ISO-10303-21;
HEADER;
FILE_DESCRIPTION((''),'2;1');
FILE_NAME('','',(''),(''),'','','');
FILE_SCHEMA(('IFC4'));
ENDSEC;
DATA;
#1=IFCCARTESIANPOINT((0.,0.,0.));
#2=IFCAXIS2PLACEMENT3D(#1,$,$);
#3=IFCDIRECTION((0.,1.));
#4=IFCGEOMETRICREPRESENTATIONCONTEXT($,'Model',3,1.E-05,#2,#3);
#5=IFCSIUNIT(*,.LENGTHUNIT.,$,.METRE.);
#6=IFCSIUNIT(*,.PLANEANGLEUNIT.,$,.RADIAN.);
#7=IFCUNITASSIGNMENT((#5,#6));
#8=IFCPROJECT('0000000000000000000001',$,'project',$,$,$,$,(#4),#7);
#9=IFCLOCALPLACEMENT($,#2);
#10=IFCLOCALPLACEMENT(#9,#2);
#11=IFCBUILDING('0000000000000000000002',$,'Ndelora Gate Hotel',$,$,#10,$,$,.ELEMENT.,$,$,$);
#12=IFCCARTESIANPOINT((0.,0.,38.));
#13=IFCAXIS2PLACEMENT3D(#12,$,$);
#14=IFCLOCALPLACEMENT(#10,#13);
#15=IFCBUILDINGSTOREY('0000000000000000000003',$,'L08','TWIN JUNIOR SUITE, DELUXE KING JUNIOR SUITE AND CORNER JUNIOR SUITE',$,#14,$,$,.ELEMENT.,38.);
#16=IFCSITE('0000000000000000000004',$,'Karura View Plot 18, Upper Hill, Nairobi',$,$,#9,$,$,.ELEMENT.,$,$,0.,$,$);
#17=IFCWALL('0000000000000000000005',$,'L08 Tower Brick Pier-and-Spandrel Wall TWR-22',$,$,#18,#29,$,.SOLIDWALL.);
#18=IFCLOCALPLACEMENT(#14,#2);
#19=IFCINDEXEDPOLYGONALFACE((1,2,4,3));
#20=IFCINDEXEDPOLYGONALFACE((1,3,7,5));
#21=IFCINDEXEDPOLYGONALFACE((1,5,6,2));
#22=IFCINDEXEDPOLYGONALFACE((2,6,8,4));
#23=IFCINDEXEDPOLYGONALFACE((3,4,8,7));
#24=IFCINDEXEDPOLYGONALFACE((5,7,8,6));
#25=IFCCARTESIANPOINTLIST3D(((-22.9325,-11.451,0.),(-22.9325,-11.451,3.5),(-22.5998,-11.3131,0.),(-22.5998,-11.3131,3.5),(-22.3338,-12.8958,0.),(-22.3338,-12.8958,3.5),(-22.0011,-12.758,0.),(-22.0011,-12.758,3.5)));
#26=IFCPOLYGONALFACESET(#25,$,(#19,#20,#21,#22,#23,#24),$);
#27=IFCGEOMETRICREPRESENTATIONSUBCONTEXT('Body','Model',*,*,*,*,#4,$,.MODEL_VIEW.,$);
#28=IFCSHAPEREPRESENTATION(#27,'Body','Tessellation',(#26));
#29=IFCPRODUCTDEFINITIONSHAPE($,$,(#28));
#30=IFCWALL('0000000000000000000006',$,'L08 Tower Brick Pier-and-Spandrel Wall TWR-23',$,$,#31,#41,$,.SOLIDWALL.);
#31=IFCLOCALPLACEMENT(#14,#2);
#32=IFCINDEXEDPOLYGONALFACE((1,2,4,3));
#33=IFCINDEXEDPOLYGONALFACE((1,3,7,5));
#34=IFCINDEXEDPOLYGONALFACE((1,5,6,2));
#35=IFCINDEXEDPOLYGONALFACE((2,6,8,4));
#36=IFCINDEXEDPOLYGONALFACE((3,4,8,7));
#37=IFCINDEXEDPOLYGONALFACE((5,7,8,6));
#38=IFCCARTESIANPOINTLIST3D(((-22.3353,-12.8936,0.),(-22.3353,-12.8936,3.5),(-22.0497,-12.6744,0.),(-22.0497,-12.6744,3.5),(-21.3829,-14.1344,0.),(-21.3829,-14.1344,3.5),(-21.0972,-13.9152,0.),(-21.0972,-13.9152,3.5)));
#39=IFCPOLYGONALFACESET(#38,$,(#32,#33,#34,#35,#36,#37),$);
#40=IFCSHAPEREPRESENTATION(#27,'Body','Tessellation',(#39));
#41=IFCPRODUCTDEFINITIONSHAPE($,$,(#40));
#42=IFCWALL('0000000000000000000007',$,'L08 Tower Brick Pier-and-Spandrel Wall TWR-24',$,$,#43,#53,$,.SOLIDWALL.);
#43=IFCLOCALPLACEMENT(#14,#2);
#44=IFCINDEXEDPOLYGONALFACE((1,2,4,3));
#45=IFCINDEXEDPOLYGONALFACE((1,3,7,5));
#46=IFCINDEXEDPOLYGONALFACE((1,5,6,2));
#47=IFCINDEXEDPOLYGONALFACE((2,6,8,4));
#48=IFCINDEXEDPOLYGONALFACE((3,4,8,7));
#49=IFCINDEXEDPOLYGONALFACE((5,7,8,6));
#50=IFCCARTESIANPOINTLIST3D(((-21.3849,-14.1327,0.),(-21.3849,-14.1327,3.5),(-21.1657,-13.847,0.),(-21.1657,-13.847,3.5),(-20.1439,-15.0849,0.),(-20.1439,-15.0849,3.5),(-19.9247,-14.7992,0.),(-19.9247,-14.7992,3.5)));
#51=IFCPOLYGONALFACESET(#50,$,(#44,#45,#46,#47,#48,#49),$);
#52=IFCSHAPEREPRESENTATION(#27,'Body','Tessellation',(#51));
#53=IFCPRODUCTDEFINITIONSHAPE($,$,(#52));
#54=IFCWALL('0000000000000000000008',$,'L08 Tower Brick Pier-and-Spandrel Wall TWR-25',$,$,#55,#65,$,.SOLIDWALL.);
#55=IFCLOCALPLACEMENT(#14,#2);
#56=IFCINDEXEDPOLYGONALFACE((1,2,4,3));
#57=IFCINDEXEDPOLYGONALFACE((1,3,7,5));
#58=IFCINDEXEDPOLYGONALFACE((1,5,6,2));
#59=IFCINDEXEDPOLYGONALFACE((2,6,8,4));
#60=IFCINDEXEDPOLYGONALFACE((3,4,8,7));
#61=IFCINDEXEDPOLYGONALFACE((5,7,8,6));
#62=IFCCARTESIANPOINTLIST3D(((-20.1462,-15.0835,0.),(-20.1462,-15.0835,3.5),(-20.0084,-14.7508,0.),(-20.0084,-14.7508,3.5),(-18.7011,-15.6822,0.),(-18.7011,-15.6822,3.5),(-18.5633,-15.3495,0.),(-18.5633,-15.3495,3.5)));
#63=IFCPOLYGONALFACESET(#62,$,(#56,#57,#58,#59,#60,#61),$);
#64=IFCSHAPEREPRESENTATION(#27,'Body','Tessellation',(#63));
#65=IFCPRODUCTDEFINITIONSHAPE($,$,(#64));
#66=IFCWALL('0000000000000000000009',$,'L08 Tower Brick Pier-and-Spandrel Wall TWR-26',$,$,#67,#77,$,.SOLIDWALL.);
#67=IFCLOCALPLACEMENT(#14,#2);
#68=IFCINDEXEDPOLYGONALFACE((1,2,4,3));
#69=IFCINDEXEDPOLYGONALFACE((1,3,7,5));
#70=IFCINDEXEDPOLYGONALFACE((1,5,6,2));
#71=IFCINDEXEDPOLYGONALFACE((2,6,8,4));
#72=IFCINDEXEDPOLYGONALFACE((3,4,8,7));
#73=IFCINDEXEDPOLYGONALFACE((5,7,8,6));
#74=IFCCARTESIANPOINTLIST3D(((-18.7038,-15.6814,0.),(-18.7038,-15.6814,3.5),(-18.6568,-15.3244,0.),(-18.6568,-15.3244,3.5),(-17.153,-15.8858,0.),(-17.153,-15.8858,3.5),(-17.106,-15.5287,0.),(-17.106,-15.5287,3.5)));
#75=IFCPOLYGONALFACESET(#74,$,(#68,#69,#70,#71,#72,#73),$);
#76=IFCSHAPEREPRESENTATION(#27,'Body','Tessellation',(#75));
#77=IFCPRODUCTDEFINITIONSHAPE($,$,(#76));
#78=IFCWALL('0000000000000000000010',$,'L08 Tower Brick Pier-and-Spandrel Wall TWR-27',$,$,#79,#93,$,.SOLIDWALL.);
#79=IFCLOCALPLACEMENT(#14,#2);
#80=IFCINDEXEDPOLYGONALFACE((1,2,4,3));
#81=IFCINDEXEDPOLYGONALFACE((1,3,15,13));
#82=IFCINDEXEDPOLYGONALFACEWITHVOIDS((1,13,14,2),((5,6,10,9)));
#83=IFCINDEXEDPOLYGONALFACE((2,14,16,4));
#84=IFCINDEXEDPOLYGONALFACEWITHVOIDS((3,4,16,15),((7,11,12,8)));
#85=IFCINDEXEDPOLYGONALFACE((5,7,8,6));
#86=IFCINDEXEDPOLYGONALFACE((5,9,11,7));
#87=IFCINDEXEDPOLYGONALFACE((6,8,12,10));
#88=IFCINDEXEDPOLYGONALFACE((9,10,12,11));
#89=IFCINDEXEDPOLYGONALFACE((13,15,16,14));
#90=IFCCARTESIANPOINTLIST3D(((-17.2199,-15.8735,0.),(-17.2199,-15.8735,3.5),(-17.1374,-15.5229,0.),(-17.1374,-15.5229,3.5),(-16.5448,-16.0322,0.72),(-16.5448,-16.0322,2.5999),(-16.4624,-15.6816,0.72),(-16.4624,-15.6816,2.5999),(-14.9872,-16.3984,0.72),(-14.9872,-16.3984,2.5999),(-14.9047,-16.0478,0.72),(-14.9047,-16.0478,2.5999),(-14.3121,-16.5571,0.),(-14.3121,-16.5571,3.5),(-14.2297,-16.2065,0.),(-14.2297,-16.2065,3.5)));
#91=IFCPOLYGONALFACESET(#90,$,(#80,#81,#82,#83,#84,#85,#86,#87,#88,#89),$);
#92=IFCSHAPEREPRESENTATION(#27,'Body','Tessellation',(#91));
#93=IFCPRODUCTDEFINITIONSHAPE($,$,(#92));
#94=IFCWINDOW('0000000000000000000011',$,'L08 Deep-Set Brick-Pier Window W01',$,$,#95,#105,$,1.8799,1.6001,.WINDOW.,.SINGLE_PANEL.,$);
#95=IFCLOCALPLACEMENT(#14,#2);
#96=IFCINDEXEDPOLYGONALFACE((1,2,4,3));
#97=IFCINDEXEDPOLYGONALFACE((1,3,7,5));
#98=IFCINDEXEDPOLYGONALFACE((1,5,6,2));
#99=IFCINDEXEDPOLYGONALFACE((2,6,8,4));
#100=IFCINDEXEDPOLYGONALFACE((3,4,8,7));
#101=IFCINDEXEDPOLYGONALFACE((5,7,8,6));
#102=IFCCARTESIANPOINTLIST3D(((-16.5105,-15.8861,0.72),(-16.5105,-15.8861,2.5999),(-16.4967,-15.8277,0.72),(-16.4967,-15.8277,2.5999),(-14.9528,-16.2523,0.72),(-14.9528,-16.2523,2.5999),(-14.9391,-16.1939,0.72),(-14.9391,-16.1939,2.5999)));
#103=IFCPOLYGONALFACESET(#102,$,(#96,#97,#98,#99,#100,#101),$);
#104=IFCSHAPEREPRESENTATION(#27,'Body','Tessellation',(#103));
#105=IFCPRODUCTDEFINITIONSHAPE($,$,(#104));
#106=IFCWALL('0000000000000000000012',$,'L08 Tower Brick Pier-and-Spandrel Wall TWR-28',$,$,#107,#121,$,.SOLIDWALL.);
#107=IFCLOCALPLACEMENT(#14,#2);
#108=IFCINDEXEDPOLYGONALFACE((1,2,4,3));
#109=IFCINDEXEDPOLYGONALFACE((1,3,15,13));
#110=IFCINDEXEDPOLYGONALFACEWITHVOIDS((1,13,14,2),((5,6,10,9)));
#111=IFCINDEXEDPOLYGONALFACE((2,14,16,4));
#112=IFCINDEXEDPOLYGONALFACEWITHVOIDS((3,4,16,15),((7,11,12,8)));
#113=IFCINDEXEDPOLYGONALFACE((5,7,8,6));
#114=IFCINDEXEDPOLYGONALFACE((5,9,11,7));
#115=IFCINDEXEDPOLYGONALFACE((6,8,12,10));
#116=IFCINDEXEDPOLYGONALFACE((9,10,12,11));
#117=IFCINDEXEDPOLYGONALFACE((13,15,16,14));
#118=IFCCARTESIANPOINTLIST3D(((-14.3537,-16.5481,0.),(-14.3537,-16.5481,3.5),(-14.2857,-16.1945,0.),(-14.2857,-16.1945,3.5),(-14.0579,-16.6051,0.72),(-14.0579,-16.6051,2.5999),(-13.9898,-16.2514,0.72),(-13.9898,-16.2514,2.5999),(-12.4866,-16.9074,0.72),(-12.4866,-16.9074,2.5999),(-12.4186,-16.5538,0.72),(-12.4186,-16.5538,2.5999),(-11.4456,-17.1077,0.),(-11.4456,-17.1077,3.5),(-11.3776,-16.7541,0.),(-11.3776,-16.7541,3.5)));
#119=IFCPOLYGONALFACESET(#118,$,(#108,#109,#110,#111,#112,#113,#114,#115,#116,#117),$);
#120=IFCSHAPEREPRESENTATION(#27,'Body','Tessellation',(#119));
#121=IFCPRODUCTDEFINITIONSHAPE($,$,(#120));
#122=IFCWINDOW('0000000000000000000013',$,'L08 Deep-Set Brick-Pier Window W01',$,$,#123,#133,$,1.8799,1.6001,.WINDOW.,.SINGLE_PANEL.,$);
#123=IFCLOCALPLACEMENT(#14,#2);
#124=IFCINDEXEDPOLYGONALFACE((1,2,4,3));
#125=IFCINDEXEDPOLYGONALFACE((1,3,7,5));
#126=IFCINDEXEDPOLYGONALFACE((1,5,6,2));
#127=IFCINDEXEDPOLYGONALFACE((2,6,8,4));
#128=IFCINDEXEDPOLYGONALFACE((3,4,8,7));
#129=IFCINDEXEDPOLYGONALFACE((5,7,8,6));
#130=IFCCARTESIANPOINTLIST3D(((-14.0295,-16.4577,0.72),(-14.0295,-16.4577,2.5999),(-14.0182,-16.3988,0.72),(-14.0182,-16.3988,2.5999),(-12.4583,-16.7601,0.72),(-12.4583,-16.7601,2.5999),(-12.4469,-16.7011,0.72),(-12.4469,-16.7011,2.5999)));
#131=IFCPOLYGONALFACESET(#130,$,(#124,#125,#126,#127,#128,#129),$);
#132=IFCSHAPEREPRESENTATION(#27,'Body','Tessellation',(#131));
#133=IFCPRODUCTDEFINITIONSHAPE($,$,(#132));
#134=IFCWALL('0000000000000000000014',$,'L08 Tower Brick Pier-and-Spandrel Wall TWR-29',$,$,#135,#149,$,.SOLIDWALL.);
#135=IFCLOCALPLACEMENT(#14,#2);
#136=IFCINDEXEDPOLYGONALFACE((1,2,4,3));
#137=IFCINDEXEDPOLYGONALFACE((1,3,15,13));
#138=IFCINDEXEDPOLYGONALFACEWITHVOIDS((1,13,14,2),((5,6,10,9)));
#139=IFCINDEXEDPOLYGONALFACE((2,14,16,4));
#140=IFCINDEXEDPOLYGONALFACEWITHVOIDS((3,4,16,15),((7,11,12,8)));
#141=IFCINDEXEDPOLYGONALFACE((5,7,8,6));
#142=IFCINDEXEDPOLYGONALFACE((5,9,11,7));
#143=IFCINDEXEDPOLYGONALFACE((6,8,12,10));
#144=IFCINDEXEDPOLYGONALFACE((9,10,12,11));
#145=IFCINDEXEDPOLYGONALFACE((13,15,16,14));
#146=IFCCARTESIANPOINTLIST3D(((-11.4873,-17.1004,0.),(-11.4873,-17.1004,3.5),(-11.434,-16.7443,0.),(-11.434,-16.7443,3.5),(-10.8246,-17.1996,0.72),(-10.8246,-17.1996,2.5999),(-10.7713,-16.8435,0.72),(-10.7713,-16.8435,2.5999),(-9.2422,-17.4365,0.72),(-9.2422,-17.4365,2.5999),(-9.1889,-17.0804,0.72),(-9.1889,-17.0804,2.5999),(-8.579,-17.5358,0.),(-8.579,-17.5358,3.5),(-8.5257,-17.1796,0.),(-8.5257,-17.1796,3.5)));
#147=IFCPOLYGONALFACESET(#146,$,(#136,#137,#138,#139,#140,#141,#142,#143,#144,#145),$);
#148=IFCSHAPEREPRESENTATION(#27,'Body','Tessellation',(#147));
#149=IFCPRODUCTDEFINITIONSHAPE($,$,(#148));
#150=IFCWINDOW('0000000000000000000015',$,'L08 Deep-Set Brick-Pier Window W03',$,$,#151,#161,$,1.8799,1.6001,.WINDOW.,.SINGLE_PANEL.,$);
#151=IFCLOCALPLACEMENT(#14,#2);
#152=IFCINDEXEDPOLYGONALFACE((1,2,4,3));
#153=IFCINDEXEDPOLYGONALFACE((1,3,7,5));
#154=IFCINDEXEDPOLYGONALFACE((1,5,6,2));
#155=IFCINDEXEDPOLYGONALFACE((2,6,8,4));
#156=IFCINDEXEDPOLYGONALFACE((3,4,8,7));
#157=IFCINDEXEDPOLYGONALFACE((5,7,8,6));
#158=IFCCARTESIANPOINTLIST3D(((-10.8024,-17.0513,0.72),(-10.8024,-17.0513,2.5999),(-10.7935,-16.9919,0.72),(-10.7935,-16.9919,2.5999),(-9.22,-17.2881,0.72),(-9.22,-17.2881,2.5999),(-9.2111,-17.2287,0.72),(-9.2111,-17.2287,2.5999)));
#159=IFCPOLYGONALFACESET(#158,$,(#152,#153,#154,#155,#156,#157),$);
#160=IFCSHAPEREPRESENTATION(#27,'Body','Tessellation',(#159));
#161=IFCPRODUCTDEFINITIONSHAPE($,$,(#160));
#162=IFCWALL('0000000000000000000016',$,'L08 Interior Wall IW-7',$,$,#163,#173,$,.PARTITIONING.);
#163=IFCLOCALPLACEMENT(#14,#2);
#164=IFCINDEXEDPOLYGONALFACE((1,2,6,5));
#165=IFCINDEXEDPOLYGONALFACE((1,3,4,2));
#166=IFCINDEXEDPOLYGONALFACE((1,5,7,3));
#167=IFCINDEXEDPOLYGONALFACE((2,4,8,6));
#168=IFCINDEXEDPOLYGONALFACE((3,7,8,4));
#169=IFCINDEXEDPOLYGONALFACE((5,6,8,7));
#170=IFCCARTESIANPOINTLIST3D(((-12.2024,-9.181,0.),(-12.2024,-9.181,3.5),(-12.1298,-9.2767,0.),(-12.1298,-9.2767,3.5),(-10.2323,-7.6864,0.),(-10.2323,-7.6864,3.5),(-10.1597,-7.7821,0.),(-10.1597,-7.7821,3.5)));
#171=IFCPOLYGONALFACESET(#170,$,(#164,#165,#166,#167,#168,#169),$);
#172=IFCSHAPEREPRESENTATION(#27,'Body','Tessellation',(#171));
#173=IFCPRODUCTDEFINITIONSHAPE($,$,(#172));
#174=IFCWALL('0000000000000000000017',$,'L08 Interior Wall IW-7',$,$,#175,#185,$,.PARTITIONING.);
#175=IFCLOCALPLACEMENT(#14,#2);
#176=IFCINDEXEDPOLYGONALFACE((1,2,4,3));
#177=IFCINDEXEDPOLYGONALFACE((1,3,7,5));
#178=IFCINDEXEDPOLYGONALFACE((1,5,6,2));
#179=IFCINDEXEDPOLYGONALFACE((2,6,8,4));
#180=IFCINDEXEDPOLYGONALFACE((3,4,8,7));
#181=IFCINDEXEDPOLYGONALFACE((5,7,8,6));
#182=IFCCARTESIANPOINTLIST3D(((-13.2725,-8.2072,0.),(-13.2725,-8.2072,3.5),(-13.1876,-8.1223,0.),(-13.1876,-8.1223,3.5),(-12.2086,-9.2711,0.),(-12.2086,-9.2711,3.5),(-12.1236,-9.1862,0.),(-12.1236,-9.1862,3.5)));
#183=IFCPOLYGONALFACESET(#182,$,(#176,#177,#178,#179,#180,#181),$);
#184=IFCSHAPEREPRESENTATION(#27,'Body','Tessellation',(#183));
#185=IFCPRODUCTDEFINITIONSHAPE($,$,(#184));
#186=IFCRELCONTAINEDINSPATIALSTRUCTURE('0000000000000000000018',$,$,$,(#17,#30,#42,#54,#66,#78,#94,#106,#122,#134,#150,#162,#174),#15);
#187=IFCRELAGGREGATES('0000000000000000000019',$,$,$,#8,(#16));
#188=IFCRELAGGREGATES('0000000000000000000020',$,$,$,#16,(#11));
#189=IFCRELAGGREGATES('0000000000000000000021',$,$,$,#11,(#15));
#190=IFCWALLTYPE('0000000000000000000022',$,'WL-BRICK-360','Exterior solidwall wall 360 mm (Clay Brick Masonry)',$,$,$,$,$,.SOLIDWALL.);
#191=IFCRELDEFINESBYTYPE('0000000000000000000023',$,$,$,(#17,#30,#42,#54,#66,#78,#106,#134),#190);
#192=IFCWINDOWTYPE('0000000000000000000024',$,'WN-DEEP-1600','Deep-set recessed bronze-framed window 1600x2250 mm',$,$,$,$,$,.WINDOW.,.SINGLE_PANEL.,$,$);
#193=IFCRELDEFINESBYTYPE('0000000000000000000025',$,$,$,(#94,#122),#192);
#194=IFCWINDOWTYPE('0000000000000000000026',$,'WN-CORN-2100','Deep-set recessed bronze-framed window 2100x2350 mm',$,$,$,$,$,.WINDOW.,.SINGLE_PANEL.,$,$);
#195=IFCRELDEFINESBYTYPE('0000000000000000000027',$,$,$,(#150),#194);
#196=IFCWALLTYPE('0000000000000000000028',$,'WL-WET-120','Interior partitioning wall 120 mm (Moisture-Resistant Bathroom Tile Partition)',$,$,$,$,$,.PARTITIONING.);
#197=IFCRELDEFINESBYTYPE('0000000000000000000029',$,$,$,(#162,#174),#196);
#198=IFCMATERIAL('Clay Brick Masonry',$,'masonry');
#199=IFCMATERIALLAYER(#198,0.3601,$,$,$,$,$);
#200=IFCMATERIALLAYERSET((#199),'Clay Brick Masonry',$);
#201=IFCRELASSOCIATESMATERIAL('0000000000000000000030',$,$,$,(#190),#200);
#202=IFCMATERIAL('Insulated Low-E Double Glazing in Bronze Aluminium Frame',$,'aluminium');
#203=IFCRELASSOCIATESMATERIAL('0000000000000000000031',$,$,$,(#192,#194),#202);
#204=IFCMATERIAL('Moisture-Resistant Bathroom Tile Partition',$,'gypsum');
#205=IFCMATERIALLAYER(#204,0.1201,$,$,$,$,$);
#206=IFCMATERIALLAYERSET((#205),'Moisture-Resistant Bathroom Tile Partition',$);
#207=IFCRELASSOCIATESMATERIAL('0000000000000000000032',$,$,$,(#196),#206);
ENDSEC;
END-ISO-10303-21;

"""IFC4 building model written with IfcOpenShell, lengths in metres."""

from ifc_helpers import new_model, si_unit, direction, frame, frame_2d, origin, place, context, subcontext, project, spatial, rectangle, extrude, material, layer, layer_set, type_object, element, fill, save


model = new_model("IFC4")

# Units and contexts
model_context = context("Model", 3, precision=1e-05, world=origin(), true_north=direction((0.0, 1.0)))
body_context = subcontext(model_context, "Body", "Model", "MODEL_VIEW")
ifc_project = project(units=[si_unit("LENGTHUNIT", "METRE"), si_unit("PLANEANGLEUNIT", "RADIAN")], contexts=[model_context])

# Site, building, storey
site_placement = place(None, origin())
site = spatial("IfcSite", under=ifc_project, at=site_placement, Name="Karura View Plot 18, Upper Hill, Nairobi", CompositionType="ELEMENT", RefElevation=0.0)
building_placement = place(site_placement, origin())
building = spatial("IfcBuilding", under=site, at=building_placement, Name="Ndelora Gate Hotel", CompositionType="ELEMENT")
storey_placement = place(building_placement, frame((0.0, 0.0, 38.0)))
storey = spatial("IfcBuildingStorey", under=building, at=storey_placement, Name="L08", Description="TWIN JUNIOR SUITE, DELUXE KING JUNIOR SUITE AND CORNER JUNIOR SUITE", CompositionType="ELEMENT", Elevation=38.0)

# Walls
ifc_material_1 = material(Name="Clay Brick Masonry", Category="masonry")
ifc_layer_1 = layer(ifc_material_1, 0.3601)
ifc_layer_set_1 = layer_set([ifc_layer_1], Name="Clay Brick Masonry")
wall_type_1 = type_object("IfcWallType", Name="WL-BRICK-360", Description="Exterior solidwall wall 360 mm (Clay Brick Masonry)", PredefinedType="SOLIDWALL", material=ifc_layer_set_1)
wall_1_placement = place(storey_placement, frame((-22.1675, -12.8269, 0.0), z_axis=(0.0, 0.0, 1.0), x_axis=(-0.382775, 0.923842, 0.0)))
element("IfcWall", 1, at=wall_1_placement, inside=storey, type_object=wall_type_1, Name="L08 Tower Brick Pier-and-Spandrel Wall TWR-22", PredefinedType="SOLIDWALL", context=body_context, shape_type="SweptSolid", body=[
    extrude(rectangle(XDim=1.564, YDim=0.3601, at=frame_2d((0.782, 0.0))), origin(), (0.0, 0.0, 1.0), 3.5),
])
for number, where, z_axis, x_axis, name in (
    (2, (-21.24, -14.0249, 0.0), (0.0, 0.0, 1.0), (-0.608903, 0.793244, 0.0), "L08 Tower Brick Pier-and-Spandrel Wall TWR-23"),
    (3, (-20.0342, -14.9421, 0.0), (0.0, 0.0, 1.0), (-0.793378, 0.60873, 0.0), "L08 Tower Brick Pier-and-Spandrel Wall TWR-24"),
    (4, (-18.6321, -15.5159, 0.0), (0.0, 0.0, 1.0), (-0.923865, 0.382719, 0.0), "L08 Tower Brick Pier-and-Spandrel Wall TWR-25"),
    (5, (-17.1294, -15.7073, 0.0), (0.0, 0.0, 1.0), (-0.99143, 0.13064, 0.0), "L08 Tower Brick Pier-and-Spandrel Wall TWR-26"),
):
    element("IfcWall", number, at=place(storey_placement, frame(where, z_axis=z_axis, x_axis=x_axis)), inside=storey, type_object=wall_type_1, Name=name, PredefinedType="SOLIDWALL", context=body_context, shape_type="SweptSolid", body=[
        extrude(rectangle(XDim=1.5642, YDim=0.3601, at=frame_2d((0.7822, 0.0))), origin(), (0.0, 0.0, 1.0), 3.5),
    ])

# Walls, openings, windows
wall_2_placement = place(storey_placement, frame((-14.2708, -16.3818, 0.0), z_axis=(0.0, 0.0, 1.0), x_axis=(-0.97346, 0.228857, 0.0)))
wall_2 = element("IfcWall", 6, at=wall_2_placement, inside=storey, type_object=wall_type_1, Name="L08 Tower Brick Pier-and-Spandrel Wall TWR-27", PredefinedType="SOLIDWALL", context=body_context, shape_type="SweptSolid", body=[
    extrude(rectangle(XDim=2.9871, YDim=0.3601, at=frame_2d((1.4937, 0.0))), origin(), (0.0, 0.0, 1.0), 3.5),
])
opening_1_placement = place(wall_2_placement, frame((0.6936, 0.0, 0.72)))
opening_1 = element("IfcOpeningElement", 7, at=opening_1_placement, cuts=wall_2, PredefinedType="OPENING", context=body_context, shape_type="SweptSolid", body=[
    extrude(rectangle(XDim=1.6001, YDim=1.8799, at=frame_2d((0.8, 0.9399))), frame((0.0, 0.1899, 0.0), z_axis=(0.0, -1.0, 0.0), x_axis=(1.0, 0.0, 0.0)), (0.0, 0.0, 1.0), 0.3801),
])
ifc_material_2 = material(Name="Insulated Low-E Double Glazing in Bronze Aluminium Frame", Category="aluminium")
window_type_1 = type_object("IfcWindowType", Name="WN-DEEP-1600", Description="Deep-set recessed bronze-framed window 1600x2250 mm", PartitioningType="SINGLE_PANEL", PredefinedType="WINDOW", material=ifc_material_2)
window_1_placement = place(opening_1_placement, origin())
window_1 = element("IfcWindow", 8, at=window_1_placement, inside=storey, type_object=window_type_1, Name="L08 Deep-Set Brick-Pier Window W01", OverallHeight=1.8799, OverallWidth=1.6001, PartitioningType="SINGLE_PANEL", PredefinedType="WINDOW", context=body_context, shape_type="SweptSolid", body=[
    extrude(rectangle(XDim=1.6001, YDim=1.8799, at=frame_2d((0.8, 0.9399))), frame((0.0, 0.03, 0.0), z_axis=(0.0, -1.0, 0.0), x_axis=(1.0, 0.0, 0.0)), (0.0, 0.0, 1.0), 0.0601),
])
fill(opening_1, window_1)
wall_3_placement = place(storey_placement, frame((-11.4116, -16.9309, 0.0), z_axis=(0.0, 0.0, 1.0), x_axis=(-0.981985, 0.188961, 0.0)))
wall_3 = element("IfcWall", 9, at=wall_3_placement, inside=storey, type_object=wall_type_1, Name="L08 Tower Brick Pier-and-Spandrel Wall TWR-28", PredefinedType="SOLIDWALL", context=body_context, shape_type="SweptSolid", body=[
    extrude(rectangle(XDim=2.9614, YDim=0.3601, at=frame_2d((1.4807, 0.0))), origin(), (0.0, 0.0, 1.0), 3.5),
])
opening_2_placement = place(wall_3_placement, frame((1.0601, 0.0, 0.72)))
opening_2 = element("IfcOpeningElement", 10, at=opening_2_placement, cuts=wall_3, PredefinedType="OPENING", context=body_context, shape_type="SweptSolid", body=[
    extrude(rectangle(XDim=1.6001, YDim=1.8799, at=frame_2d((0.8, 0.9399))), frame((0.0, 0.1899, 0.0), z_axis=(0.0, -1.0, 0.0), x_axis=(1.0, 0.0, 0.0)), (0.0, 0.0, 1.0), 0.3801),
])
window_2_placement = place(opening_2_placement, origin())
window_2 = element("IfcWindow", 11, at=window_2_placement, inside=storey, type_object=window_type_1, Name="L08 Deep-Set Brick-Pier Window W01", OverallHeight=1.8799, OverallWidth=1.6001, PartitioningType="SINGLE_PANEL", PredefinedType="WINDOW", context=body_context, shape_type="SweptSolid", body=[
    extrude(rectangle(XDim=1.6001, YDim=1.8799, at=frame_2d((0.8, 0.9399))), frame((0.0, 0.03, 0.0), z_axis=(0.0, -1.0, 0.0), x_axis=(1.0, 0.0, 0.0)), (0.0, 0.0, 1.0), 0.0601),
])
fill(opening_2, window_2)
wall_4_placement = place(storey_placement, frame((-8.5525, -17.3577, 0.0), z_axis=(0.0, 0.0, 1.0), x_axis=(-0.988983, 0.148032, 0.0)))
wall_4 = element("IfcWall", 12, at=wall_4_placement, inside=storey, type_object=wall_type_1, Name="L08 Tower Brick Pier-and-Spandrel Wall TWR-29", PredefinedType="SOLIDWALL", context=body_context, shape_type="SweptSolid", body=[
    extrude(rectangle(XDim=2.9407, YDim=0.3601, at=frame_2d((1.4702, 0.0))), origin(), (0.0, 0.0, 1.0), 3.5),
])
opening_3_placement = place(wall_4_placement, frame((0.6704, 0.0, 0.72)))
opening_3 = element("IfcOpeningElement", 13, at=opening_3_placement, cuts=wall_4, PredefinedType="OPENING", context=body_context, shape_type="SweptSolid", body=[
    extrude(rectangle(XDim=1.6001, YDim=1.8799, at=frame_2d((0.8, 0.9399))), frame((0.0, 0.1899, 0.0), z_axis=(0.0, -1.0, 0.0), x_axis=(1.0, 0.0, 0.0)), (0.0, 0.0, 1.0), 0.3801),
])
window_type_2 = type_object("IfcWindowType", Name="WN-CORN-2100", Description="Deep-set recessed bronze-framed window 2100x2350 mm", PartitioningType="SINGLE_PANEL", PredefinedType="WINDOW", material=ifc_material_2)
window_3_placement = place(opening_3_placement, origin())
window_3 = element("IfcWindow", 14, at=window_3_placement, inside=storey, type_object=window_type_2, Name="L08 Deep-Set Brick-Pier Window W03", OverallHeight=1.8799, OverallWidth=1.6001, PartitioningType="SINGLE_PANEL", PredefinedType="WINDOW", context=body_context, shape_type="SweptSolid", body=[
    extrude(rectangle(XDim=1.6001, YDim=1.8799, at=frame_2d((0.8, 0.9399))), frame((0.0, 0.03, 0.0), z_axis=(0.0, -1.0, 0.0), x_axis=(1.0, 0.0, 0.0)), (0.0, 0.0, 1.0), 0.0601),
])
fill(opening_3, window_3)

# Walls
ifc_material_3 = material(Name="Moisture-Resistant Bathroom Tile Partition", Category="gypsum")
ifc_layer_2 = layer(ifc_material_3, 0.1201)
ifc_layer_set_2 = layer_set([ifc_layer_2], Name="Moisture-Resistant Bathroom Tile Partition")
wall_type_2 = type_object("IfcWallType", Name="WL-WET-120", Description="Interior partitioning wall 120 mm (Moisture-Resistant Bathroom Tile Partition)", PredefinedType="PARTITIONING", material=ifc_layer_set_2)
wall_5_placement = place(storey_placement, frame((-12.166, -9.2288, 0.0), z_axis=(0.0, 0.0, 1.0), x_axis=(0.796695, 0.604382, 0.0)))
element("IfcWall", 15, at=wall_5_placement, inside=storey, type_object=wall_type_2, Name="L08 Interior Wall IW-7", PredefinedType="PARTITIONING", context=body_context, shape_type="SweptSolid", body=[
    extrude(rectangle(XDim=2.4729, YDim=0.1201, at=frame_2d((1.2363, 0.0))), origin(), (0.0, 0.0, 1.0), 3.5),
])
wall_6_placement = place(storey_placement, frame((-12.166, -9.2288, 0.0), z_axis=(0.0, 0.0, 1.0), x_axis=(-0.707107, 0.707107, 0.0)))
element("IfcWall", 16, at=wall_6_placement, inside=storey, type_object=wall_type_2, Name="L08 Interior Wall IW-7", PredefinedType="PARTITIONING", context=body_context, shape_type="SweptSolid", body=[
    extrude(rectangle(XDim=1.5046, YDim=0.1201, at=frame_2d((0.7524, 0.0))), origin(), (0.0, 0.0, 1.0), 3.5),
])

save(model, "model.ifc")
